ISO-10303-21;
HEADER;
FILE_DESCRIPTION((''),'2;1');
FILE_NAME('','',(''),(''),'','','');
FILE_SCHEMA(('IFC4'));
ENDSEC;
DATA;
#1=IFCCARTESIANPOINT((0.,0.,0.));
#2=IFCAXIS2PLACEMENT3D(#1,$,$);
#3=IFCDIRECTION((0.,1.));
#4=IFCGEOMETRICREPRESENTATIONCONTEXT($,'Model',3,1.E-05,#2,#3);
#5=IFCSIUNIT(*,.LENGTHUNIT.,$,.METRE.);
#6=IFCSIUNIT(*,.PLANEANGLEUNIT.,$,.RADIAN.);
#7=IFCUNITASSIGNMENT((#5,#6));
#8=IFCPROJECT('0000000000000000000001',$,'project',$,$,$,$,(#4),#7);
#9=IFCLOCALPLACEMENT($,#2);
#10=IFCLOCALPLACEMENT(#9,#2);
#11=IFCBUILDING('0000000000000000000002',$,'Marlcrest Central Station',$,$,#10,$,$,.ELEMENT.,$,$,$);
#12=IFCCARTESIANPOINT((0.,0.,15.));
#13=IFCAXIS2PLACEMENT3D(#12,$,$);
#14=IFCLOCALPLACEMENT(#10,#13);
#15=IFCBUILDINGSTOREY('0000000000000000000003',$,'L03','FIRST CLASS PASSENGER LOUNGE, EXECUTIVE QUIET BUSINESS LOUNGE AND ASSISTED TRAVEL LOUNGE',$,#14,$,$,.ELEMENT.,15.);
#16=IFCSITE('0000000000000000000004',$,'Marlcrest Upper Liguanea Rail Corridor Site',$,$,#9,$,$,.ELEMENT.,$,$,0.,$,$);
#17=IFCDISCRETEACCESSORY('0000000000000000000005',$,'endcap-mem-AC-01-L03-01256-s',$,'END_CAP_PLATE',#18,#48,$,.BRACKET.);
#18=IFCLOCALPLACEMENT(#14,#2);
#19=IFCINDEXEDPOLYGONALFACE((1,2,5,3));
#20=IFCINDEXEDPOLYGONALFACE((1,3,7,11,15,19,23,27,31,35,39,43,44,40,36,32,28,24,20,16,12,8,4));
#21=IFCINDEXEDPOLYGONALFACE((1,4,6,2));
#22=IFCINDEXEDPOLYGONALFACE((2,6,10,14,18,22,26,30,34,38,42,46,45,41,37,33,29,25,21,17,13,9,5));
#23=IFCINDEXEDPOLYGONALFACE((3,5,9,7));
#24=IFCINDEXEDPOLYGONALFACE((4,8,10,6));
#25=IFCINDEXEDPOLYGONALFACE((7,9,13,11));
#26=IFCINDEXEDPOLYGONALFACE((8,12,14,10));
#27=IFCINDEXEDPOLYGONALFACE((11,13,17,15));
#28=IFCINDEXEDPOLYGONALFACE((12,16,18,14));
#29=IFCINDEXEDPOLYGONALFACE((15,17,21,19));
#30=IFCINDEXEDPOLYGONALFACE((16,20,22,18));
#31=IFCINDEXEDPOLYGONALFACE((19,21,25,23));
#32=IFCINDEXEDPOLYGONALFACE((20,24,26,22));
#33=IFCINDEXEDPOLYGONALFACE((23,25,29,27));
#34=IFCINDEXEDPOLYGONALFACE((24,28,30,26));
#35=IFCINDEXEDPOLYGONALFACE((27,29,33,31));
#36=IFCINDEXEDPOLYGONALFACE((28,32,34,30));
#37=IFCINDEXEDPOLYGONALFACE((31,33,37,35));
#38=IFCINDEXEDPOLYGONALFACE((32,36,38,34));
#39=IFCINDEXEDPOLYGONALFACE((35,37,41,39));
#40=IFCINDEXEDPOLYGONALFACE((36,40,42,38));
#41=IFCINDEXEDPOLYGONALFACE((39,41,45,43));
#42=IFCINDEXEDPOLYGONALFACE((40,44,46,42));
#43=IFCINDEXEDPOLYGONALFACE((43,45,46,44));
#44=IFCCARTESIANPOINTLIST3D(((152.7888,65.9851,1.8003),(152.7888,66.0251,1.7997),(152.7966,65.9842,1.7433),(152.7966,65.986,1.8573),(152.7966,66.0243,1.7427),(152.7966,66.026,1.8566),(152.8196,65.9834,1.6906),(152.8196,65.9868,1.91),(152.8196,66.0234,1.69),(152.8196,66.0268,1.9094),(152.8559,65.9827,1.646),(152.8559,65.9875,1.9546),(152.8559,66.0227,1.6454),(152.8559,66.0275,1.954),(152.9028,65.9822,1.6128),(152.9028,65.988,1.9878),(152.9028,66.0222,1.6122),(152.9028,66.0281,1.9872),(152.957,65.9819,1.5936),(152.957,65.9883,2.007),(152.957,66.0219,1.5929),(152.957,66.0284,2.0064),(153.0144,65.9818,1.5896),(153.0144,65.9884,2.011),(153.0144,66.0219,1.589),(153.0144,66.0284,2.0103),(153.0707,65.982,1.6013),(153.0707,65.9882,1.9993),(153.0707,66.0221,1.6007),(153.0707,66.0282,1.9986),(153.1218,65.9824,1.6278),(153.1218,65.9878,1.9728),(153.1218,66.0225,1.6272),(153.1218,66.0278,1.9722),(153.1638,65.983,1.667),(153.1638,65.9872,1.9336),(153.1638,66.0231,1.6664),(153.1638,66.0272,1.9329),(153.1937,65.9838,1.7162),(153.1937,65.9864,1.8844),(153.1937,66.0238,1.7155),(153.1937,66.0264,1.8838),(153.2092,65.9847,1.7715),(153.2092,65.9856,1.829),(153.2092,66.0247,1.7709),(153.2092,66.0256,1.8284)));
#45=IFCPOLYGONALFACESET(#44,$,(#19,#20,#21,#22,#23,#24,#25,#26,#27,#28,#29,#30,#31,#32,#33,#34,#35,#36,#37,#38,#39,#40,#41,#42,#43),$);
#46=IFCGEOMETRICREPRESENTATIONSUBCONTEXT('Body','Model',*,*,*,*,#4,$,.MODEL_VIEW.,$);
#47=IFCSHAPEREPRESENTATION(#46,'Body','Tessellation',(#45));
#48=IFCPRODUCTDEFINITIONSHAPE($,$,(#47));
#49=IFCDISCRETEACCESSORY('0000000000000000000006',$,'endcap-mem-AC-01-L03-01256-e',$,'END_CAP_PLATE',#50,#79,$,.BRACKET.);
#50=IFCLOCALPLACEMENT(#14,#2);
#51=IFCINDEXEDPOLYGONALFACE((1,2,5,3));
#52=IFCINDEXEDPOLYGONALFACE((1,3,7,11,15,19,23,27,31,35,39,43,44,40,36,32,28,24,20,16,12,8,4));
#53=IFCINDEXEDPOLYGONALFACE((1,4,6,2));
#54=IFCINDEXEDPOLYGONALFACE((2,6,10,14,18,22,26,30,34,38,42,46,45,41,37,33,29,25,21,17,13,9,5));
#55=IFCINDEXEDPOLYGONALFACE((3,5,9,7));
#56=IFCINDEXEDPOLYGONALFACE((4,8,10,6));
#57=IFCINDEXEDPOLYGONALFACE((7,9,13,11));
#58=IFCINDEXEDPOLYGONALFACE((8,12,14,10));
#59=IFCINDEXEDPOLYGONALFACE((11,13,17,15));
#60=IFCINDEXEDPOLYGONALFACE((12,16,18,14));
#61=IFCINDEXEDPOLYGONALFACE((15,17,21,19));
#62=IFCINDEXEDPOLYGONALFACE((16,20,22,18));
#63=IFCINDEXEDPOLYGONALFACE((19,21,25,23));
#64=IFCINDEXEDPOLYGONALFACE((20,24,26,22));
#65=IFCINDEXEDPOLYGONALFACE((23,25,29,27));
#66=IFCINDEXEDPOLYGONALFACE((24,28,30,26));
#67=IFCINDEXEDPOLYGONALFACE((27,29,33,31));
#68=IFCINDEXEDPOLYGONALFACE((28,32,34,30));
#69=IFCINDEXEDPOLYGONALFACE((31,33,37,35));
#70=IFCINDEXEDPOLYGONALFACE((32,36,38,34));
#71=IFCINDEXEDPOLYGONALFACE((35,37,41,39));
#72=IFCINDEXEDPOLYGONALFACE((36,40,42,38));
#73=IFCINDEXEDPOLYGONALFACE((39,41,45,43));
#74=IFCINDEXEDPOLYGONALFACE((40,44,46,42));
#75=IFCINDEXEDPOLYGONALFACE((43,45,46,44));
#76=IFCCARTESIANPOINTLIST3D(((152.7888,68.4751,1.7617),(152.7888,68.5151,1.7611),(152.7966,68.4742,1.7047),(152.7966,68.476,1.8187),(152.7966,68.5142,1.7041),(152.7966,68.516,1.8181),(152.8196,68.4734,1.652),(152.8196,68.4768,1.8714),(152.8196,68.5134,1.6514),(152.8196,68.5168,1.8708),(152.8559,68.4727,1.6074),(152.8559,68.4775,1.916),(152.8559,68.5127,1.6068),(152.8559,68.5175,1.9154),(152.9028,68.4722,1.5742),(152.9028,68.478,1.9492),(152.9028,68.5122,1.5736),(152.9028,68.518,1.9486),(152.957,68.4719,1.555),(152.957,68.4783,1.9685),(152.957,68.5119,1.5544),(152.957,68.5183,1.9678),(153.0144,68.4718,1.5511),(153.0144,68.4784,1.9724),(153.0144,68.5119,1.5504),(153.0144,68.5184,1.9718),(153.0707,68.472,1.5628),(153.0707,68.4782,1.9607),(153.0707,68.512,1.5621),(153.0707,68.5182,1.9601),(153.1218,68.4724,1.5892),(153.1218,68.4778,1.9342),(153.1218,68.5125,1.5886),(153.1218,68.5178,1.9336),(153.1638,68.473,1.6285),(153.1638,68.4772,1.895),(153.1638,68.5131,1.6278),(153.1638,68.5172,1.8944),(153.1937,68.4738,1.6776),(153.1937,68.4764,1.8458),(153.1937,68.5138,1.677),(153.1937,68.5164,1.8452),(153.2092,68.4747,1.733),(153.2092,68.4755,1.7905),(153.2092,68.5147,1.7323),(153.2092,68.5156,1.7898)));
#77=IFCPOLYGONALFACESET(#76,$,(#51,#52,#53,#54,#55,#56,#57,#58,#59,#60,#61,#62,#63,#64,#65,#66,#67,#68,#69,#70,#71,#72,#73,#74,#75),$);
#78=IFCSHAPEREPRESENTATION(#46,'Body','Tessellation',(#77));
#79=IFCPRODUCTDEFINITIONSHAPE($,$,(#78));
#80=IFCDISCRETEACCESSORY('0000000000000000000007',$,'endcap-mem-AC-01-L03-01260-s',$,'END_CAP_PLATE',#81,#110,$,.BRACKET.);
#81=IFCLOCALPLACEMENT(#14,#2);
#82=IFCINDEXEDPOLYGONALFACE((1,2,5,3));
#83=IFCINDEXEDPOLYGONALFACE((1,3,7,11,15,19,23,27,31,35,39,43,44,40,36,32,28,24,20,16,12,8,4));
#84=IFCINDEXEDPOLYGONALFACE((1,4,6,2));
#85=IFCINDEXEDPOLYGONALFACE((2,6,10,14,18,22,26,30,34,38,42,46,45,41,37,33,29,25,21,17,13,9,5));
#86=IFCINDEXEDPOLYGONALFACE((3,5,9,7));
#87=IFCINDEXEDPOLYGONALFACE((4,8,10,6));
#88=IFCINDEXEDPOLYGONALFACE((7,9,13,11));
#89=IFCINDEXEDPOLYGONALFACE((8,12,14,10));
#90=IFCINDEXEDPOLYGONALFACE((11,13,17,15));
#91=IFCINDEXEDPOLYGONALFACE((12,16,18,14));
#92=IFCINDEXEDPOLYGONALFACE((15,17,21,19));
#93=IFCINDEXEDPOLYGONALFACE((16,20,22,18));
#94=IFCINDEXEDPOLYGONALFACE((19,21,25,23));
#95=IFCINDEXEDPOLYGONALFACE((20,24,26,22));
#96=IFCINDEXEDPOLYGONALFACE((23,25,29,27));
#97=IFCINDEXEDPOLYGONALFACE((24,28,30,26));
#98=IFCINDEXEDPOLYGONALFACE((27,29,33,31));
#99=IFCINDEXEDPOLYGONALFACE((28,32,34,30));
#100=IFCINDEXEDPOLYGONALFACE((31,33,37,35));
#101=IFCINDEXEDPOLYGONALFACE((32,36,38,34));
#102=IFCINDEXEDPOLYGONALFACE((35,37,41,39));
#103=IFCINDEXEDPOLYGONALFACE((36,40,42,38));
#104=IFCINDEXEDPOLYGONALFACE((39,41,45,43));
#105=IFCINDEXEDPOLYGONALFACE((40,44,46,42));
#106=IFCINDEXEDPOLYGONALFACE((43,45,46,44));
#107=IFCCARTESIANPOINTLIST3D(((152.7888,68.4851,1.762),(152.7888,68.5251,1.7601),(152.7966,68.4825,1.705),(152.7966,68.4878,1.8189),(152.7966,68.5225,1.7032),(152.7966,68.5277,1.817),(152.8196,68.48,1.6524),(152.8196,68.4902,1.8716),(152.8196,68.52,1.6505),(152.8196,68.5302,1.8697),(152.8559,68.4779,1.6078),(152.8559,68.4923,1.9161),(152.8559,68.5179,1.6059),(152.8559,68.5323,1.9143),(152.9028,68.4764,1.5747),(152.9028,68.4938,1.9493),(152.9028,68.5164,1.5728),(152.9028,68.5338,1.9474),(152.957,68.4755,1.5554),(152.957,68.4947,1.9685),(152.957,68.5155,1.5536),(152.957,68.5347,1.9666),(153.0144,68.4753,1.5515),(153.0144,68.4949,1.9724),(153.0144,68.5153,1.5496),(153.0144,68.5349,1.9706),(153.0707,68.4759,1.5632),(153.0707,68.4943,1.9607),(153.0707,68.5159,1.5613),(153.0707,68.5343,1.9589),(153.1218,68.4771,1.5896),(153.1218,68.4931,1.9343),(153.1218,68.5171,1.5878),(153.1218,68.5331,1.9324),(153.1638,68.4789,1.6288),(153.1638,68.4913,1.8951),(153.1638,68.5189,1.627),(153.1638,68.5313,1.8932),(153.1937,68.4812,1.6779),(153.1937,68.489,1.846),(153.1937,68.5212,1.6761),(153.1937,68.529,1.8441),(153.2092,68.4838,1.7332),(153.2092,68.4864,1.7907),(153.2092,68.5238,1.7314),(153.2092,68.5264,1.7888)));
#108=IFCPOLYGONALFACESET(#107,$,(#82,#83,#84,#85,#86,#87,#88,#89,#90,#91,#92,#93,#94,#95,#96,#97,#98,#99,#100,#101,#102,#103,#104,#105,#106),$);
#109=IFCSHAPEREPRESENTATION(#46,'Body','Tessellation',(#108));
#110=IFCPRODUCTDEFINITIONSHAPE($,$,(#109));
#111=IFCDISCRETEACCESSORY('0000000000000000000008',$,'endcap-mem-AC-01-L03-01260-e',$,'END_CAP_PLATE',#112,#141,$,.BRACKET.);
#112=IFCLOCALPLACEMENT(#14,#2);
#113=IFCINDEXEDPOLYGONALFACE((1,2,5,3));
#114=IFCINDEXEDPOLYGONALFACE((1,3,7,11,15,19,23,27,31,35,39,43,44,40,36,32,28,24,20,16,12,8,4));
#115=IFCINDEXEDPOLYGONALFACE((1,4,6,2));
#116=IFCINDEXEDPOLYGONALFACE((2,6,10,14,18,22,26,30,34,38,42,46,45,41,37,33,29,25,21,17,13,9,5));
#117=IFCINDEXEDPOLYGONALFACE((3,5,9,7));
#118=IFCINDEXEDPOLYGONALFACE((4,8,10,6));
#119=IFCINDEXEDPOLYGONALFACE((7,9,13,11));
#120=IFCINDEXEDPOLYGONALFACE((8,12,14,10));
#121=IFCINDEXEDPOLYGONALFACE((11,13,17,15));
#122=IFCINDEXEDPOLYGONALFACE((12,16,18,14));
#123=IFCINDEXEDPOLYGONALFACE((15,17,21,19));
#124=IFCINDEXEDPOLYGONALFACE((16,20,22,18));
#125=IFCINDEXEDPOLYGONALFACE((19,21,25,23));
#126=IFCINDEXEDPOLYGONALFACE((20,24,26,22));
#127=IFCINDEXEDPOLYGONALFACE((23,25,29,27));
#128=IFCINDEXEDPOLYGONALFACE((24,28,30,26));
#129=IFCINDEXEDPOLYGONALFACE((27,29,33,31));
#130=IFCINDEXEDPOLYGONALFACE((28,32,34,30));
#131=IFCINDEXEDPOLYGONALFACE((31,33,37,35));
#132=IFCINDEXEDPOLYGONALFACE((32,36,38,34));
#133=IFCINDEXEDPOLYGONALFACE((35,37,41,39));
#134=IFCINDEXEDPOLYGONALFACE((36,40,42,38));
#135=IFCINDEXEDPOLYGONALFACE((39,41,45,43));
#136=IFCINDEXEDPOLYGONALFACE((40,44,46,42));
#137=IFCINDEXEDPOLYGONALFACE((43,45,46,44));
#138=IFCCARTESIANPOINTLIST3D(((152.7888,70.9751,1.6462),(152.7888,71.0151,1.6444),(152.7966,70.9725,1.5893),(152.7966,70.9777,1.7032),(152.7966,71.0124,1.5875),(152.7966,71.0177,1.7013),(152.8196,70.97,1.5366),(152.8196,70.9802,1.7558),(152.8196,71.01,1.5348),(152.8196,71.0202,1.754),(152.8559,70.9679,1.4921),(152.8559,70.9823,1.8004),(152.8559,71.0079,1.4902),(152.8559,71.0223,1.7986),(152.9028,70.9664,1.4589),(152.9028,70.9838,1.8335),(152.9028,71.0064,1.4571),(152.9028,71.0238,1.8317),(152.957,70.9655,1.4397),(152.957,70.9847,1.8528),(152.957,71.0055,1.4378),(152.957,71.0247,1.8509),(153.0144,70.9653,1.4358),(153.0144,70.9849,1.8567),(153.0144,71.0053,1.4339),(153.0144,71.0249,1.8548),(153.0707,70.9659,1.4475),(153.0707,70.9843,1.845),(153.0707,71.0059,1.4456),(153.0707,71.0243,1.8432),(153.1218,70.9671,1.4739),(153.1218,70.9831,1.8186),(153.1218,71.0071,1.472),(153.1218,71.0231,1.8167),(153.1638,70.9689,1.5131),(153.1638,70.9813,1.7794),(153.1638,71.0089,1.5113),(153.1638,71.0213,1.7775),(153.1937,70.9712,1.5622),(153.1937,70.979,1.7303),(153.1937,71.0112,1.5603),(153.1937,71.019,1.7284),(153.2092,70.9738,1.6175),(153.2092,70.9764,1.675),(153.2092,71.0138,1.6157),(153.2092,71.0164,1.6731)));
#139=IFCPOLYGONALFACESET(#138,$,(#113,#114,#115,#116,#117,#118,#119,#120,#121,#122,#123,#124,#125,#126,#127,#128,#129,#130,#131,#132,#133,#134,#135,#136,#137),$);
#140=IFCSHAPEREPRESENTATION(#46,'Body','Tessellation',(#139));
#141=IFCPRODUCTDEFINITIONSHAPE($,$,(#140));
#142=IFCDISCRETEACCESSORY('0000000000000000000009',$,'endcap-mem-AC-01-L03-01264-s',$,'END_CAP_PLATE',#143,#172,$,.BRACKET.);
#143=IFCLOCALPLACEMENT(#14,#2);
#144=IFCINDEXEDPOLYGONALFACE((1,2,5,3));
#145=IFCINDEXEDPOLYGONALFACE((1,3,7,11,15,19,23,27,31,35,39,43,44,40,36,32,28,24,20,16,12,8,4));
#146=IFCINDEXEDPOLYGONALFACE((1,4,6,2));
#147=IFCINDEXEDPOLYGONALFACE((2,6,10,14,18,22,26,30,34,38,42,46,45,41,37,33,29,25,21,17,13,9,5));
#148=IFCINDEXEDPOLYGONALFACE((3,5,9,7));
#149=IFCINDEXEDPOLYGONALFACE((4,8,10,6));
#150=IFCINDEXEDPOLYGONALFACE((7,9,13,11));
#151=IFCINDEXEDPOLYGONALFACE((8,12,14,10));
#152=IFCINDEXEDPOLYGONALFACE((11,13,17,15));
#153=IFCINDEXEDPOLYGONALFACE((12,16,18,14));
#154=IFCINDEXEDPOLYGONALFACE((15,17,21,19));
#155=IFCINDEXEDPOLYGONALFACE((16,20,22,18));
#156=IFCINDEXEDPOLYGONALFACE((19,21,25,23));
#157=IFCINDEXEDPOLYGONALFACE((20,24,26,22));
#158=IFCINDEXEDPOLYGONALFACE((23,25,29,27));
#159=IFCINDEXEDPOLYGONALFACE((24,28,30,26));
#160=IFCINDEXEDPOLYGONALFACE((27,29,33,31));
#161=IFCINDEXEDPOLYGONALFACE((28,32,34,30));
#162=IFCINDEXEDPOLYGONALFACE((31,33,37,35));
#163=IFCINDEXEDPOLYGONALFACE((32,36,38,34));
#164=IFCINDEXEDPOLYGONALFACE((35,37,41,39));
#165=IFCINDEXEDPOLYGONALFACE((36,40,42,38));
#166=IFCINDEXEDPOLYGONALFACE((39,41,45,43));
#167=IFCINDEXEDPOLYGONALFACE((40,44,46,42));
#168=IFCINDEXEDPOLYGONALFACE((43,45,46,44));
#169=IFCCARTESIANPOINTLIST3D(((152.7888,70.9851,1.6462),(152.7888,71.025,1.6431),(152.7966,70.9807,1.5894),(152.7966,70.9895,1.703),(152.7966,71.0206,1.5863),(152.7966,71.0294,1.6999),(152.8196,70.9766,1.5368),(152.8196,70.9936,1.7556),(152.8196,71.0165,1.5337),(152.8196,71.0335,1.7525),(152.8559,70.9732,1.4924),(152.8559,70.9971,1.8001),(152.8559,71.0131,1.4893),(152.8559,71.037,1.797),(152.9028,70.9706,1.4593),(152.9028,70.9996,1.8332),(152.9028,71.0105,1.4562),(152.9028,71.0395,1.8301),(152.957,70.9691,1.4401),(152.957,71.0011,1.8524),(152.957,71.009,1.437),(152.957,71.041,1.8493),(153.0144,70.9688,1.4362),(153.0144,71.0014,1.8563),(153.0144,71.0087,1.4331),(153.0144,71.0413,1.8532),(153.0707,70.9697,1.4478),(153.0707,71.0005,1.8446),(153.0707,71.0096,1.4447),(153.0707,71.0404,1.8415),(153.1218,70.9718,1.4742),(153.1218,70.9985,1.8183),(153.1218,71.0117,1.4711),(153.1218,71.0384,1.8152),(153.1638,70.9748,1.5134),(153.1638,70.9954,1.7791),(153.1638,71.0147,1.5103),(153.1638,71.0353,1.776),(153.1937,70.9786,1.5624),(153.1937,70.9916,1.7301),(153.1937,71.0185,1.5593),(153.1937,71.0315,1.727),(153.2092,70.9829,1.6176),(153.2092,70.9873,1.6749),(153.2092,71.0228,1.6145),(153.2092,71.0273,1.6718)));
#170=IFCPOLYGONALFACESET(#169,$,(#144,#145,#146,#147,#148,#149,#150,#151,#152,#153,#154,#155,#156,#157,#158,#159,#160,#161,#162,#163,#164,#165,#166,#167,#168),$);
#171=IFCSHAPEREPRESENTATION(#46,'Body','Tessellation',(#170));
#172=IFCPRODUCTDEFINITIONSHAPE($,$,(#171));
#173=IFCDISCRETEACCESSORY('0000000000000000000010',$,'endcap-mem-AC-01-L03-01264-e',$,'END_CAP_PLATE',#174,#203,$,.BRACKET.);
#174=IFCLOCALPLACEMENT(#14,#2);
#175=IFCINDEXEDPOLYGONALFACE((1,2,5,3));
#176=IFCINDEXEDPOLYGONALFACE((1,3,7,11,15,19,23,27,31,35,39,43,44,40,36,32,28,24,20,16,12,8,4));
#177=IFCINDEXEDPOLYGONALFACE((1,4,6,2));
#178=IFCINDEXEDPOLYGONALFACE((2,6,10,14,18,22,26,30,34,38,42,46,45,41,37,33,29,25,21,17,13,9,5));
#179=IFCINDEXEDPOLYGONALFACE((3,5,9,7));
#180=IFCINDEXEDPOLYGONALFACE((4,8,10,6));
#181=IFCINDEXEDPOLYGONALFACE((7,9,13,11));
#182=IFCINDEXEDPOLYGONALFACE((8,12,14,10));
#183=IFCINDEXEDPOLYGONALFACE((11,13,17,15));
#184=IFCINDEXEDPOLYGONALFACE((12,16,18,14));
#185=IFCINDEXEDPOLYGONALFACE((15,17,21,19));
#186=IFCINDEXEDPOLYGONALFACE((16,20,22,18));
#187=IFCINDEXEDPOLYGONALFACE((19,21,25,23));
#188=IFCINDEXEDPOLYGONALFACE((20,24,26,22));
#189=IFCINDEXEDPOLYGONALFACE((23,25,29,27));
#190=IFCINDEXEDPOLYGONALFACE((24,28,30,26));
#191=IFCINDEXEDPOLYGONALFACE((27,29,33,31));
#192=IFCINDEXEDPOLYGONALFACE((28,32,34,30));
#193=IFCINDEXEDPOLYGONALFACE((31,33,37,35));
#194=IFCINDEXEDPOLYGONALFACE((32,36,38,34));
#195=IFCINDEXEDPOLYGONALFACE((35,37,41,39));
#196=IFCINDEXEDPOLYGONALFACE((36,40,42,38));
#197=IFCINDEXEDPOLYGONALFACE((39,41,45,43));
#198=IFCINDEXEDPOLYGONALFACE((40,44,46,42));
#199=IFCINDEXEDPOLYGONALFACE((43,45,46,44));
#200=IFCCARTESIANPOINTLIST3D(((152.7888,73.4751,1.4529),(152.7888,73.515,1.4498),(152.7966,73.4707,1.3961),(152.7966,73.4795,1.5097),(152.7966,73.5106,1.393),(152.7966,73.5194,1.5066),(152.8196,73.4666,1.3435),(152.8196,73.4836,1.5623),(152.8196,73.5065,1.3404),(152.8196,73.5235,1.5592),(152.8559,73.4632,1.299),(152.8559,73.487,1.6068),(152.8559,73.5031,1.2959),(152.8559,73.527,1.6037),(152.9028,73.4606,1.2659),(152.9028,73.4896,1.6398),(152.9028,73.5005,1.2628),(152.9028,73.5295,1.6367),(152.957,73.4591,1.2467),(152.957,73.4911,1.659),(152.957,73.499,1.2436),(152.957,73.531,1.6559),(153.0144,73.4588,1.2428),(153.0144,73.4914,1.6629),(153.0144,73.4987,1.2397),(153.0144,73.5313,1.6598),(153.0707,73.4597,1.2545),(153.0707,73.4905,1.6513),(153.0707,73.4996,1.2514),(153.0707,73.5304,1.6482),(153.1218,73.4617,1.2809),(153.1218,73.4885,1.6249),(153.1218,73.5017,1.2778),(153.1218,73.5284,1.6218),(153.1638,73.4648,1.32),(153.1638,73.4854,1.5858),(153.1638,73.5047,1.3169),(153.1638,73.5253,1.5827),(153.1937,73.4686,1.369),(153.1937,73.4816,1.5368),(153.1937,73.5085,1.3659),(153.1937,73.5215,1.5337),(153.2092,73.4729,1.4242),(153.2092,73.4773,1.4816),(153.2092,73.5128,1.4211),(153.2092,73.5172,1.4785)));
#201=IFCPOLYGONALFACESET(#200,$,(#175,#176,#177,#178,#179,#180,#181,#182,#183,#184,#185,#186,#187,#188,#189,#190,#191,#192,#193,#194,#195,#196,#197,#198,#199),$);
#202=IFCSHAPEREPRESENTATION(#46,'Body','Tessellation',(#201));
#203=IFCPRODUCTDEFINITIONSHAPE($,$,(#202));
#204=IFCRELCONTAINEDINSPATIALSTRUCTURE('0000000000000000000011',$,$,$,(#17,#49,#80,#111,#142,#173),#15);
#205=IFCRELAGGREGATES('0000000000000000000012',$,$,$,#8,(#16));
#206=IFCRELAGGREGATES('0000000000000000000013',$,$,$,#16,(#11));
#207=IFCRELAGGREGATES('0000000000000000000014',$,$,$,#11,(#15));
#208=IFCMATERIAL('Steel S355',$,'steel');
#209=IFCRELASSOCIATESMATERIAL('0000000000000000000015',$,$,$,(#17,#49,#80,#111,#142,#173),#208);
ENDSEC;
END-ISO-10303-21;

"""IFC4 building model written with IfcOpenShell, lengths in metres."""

from ifc_helpers import new_model, si_unit, direction, frame, origin, origin_2d, place, context, subcontext, project, spatial, circle, extrude, material, element, save


model = new_model("IFC4")

# Units and contexts
model_context = context("Model", 3, precision=1e-05, world=origin(), true_north=direction((0.0, 1.0)))
body_context = subcontext(model_context, "Body", "Model", "MODEL_VIEW")
ifc_project = project(units=[si_unit("LENGTHUNIT", "METRE"), si_unit("PLANEANGLEUNIT", "RADIAN")], contexts=[model_context])

# Site, building, storey
site_placement = place(None, origin())
site = spatial("IfcSite", under=ifc_project, at=site_placement, Name="Marlcrest Upper Liguanea Rail Corridor Site", CompositionType="ELEMENT", RefElevation=0.0)
building_placement = place(site_placement, origin())
building = spatial("IfcBuilding", under=site, at=building_placement, Name="Marlcrest Central Station", CompositionType="ELEMENT")
storey_placement = place(building_placement, frame((0.0, 0.0, 15.0)))
storey = spatial("IfcBuildingStorey", under=building, at=storey_placement, Name="L03", Description="FIRST CLASS PASSENGER LOUNGE, EXECUTIVE QUIET BUSINESS LOUNGE AND ASSISTED TRAVEL LOUNGE", CompositionType="ELEMENT", Elevation=15.0)

# Shared definitions
ifc_material_1 = material(Name="Steel S355", Category="steel")

# Discrete accessories
for number, where, z_axis, x_axis, name in (
    (1, (153.0, 65.9851, 1.8003), (0.0, 0.999879, -0.015525), (-1.0, 0.0, 0.0), "endcap-mem-AC-01-L03-01256-s"),
    (2, (153.0, 68.4751, 1.7617), (0.0, 0.999879, -0.015525), (-1.0, 0.0, 0.0), "endcap-mem-AC-01-L03-01256-e"),
    (3, (153.0, 68.4851, 1.762), (0.0, 0.998921, -0.046434), (-1.0, 0.0, 0.0), "endcap-mem-AC-01-L03-01260-s"),
    (4, (153.0, 70.9751, 1.6462), (0.0, 0.998921, -0.046434), (-1.0, 0.0, 0.0), "endcap-mem-AC-01-L03-01260-e"),
    (5, (153.0, 70.9851, 1.6462), (0.0, 0.997, -0.077404), (-1.0, 0.0, 0.0), "endcap-mem-AC-01-L03-01264-s"),
    (6, (153.0, 73.4751, 1.4529), (0.0, 0.997, -0.077404), (-1.0, 0.0, 0.0), "endcap-mem-AC-01-L03-01264-e"),
):
    element("IfcDiscreteAccessory", number, at=place(storey_placement, frame(where, z_axis=z_axis, x_axis=x_axis)), inside=storey, material=ifc_material_1, Name=name, ObjectType="END_CAP_PLATE", PredefinedType="BRACKET", context=body_context, shape_type="SweptSolid", body=[
        extrude(circle(Radius=0.2112, at=origin_2d()), origin(), (0.0, 0.0, 1.0), 0.04),
    ])

save(model, "model.ifc")
